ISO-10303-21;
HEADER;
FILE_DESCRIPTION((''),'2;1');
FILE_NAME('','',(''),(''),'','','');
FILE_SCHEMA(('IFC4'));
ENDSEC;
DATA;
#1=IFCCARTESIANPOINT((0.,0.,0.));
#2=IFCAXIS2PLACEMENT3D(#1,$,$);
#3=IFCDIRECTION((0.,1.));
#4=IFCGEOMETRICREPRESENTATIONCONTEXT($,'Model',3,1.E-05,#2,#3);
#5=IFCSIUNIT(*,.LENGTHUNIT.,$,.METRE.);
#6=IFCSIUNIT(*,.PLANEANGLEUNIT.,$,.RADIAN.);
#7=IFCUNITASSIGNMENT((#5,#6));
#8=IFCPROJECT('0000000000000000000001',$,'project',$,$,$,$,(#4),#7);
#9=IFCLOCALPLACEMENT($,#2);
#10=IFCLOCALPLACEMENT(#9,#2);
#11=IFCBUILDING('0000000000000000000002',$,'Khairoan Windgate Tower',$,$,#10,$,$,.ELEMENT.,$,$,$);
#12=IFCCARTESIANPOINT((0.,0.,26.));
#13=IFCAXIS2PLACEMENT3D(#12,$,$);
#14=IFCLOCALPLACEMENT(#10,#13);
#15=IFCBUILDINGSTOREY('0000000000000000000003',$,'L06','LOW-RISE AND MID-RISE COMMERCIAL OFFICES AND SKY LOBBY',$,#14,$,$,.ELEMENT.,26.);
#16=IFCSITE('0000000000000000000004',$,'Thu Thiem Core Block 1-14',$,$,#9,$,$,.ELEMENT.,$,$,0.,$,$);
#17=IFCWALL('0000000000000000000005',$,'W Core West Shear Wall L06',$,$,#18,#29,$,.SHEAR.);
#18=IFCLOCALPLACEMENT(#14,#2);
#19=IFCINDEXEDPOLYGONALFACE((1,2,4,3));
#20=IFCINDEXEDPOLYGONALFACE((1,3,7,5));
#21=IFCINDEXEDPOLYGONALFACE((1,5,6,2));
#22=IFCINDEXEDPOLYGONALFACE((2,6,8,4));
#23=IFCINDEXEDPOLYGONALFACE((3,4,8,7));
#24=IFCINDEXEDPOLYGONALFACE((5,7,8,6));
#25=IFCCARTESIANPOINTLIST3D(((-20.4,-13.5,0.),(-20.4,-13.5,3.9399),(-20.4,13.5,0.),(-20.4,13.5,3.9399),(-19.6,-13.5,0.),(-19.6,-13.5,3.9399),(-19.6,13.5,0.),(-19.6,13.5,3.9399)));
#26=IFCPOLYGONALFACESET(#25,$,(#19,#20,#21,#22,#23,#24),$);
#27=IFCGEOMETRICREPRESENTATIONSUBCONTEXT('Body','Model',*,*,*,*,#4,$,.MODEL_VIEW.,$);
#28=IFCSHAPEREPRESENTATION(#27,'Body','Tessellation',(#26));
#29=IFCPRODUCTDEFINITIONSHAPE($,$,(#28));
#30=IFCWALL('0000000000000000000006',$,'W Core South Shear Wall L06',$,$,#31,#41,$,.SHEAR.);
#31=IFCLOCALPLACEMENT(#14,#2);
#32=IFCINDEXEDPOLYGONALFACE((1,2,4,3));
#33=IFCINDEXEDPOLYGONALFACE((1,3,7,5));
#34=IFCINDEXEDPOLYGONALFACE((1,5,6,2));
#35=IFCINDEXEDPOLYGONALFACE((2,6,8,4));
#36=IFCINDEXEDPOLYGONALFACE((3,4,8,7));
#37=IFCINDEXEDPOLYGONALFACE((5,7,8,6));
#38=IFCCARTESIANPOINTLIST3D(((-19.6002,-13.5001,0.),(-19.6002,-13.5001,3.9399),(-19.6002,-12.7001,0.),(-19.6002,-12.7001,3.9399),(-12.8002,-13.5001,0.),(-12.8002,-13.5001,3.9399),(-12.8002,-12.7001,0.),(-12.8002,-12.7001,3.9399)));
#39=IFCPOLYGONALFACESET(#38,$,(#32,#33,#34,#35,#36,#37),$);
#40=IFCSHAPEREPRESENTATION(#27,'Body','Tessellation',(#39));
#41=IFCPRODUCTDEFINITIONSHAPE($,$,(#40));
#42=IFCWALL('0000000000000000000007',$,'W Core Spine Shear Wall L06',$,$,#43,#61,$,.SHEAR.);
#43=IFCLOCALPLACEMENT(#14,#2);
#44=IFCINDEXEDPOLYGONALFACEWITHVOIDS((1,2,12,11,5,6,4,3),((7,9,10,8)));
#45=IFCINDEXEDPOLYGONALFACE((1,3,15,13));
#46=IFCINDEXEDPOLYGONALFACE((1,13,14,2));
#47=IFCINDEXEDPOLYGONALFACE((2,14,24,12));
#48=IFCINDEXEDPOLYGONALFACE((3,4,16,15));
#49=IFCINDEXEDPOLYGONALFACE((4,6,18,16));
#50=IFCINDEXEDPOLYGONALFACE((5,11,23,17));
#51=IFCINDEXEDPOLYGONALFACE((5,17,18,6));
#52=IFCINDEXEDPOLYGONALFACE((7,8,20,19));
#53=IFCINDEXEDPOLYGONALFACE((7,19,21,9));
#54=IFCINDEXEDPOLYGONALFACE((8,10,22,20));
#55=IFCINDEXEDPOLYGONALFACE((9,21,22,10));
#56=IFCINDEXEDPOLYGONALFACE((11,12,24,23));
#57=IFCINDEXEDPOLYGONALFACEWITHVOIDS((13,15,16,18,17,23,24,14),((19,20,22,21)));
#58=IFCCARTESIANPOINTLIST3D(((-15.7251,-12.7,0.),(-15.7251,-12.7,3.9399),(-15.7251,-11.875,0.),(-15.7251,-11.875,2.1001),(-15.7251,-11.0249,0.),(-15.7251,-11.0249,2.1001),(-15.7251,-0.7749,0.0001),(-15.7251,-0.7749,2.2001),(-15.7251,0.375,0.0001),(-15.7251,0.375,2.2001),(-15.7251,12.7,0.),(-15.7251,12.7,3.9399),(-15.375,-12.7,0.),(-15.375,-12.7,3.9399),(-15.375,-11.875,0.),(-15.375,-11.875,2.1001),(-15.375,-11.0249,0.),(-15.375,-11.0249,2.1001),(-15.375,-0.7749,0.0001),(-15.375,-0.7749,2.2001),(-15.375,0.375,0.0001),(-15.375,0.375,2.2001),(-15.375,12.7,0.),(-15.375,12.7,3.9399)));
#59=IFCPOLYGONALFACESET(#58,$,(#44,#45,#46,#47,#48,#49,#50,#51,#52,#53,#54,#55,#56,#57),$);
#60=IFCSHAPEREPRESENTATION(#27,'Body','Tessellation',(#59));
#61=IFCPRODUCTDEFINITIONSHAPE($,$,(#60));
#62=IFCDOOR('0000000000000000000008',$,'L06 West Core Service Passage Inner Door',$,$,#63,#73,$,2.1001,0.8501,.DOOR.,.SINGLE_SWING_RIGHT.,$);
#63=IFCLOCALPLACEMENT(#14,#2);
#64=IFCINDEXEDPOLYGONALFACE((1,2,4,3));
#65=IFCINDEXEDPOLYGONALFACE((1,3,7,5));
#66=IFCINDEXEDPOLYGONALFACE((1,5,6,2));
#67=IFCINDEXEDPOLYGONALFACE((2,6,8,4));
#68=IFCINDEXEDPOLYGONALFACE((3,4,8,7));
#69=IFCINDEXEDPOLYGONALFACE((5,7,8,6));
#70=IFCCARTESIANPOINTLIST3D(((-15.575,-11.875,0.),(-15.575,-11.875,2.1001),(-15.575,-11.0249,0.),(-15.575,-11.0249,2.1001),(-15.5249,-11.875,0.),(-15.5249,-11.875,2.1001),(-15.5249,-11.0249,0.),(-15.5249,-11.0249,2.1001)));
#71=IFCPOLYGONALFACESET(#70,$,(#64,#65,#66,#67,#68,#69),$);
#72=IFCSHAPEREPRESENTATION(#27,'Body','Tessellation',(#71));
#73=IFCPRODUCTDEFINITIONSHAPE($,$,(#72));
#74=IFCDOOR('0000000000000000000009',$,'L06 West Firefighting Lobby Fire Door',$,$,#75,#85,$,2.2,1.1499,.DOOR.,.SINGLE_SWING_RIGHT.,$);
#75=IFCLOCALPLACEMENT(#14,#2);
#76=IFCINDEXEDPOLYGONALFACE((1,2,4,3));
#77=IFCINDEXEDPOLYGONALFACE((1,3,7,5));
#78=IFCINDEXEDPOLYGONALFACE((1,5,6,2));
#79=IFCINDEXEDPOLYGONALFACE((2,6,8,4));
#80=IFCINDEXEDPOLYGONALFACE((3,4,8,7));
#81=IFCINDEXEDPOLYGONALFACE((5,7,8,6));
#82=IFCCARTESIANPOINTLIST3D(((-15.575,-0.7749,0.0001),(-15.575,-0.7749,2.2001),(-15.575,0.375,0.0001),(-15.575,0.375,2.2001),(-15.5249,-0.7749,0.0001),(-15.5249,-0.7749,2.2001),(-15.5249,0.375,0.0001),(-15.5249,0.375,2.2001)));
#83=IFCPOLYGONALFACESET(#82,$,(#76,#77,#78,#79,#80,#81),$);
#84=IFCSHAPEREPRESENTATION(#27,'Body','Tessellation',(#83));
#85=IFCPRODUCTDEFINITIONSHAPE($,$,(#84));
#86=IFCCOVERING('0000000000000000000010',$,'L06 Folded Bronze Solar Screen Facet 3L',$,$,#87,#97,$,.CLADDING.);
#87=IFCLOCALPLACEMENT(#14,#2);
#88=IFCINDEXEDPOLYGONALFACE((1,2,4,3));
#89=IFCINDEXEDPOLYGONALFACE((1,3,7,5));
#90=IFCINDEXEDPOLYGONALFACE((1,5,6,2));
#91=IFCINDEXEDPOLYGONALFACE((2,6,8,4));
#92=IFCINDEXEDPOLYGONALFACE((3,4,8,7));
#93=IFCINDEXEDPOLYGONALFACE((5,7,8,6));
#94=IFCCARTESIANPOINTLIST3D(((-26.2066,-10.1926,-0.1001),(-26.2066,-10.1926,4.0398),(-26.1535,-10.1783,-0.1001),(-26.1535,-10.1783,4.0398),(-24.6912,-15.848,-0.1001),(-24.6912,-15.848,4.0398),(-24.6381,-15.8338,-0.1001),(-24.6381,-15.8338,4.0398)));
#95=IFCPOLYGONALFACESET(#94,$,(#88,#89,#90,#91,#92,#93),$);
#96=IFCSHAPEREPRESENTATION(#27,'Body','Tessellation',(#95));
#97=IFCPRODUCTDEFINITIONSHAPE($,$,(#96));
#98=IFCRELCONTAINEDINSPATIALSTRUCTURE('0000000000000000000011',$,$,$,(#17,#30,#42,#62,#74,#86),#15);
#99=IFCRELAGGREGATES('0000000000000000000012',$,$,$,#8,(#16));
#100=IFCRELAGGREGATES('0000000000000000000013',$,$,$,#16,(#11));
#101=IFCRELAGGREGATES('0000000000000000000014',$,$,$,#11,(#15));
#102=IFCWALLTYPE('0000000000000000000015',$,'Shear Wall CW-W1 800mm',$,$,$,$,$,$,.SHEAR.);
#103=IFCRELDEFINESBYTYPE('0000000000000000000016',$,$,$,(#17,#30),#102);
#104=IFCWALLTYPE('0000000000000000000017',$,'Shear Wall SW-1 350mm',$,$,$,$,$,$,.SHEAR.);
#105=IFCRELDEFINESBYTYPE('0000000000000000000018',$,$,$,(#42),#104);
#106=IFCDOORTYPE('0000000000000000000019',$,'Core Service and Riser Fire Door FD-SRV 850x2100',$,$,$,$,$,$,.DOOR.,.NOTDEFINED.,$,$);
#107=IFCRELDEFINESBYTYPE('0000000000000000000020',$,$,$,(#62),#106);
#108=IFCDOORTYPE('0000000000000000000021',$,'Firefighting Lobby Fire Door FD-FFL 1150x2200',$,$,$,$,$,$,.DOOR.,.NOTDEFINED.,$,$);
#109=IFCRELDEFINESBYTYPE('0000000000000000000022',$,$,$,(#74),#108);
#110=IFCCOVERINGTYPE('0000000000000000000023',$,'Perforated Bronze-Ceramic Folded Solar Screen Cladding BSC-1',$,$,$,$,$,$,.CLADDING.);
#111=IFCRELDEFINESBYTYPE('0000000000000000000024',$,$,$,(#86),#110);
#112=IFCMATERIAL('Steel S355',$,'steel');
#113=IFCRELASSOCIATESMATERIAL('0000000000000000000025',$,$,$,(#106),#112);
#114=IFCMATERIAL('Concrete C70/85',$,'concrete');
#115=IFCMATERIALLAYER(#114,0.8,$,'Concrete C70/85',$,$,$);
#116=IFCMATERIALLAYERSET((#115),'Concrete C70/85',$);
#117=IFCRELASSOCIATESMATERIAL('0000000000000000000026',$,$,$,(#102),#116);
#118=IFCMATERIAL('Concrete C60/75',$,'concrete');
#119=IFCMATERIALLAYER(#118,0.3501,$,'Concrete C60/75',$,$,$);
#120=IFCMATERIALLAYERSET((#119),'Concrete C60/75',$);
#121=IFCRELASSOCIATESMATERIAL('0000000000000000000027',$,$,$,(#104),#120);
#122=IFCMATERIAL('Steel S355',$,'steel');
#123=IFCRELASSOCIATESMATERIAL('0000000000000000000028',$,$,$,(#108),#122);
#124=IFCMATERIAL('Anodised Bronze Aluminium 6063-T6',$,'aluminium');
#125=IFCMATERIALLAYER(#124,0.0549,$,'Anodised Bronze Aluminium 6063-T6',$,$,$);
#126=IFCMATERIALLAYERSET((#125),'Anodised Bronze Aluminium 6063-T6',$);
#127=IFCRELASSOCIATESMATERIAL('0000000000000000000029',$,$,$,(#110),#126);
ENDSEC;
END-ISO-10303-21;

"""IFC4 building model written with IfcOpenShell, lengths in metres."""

from ifc_helpers import new_model, si_unit, direction, frame, frame_2d, origin, origin_2d, place, context, subcontext, project, spatial, rectangle, extrude, material, layer, layer_set, type_object, element, fill, save


model = new_model("IFC4")

# Units and contexts
model_context = context("Model", 3, precision=1e-05, world=origin(), true_north=direction((0.0, 1.0)))
body_context = subcontext(model_context, "Body", "Model", "MODEL_VIEW")
ifc_project = project(units=[si_unit("LENGTHUNIT", "METRE"), si_unit("PLANEANGLEUNIT", "RADIAN")], contexts=[model_context])

# Site, building, storey
site_placement = place(None, origin())
site = spatial("IfcSite", under=ifc_project, at=site_placement, Name="Thu Thiem Core Block 1-14", CompositionType="ELEMENT", RefElevation=0.0)
building_placement = place(site_placement, origin())
building = spatial("IfcBuilding", under=site, at=building_placement, Name="Khairoan Windgate Tower", CompositionType="ELEMENT")
storey_placement = place(building_placement, frame((0.0, 0.0, 26.0)))
storey = spatial("IfcBuildingStorey", under=building, at=storey_placement, Name="L06", Description="LOW-RISE AND MID-RISE COMMERCIAL OFFICES AND SKY LOBBY", CompositionType="ELEMENT", Elevation=26.0)

# Shared definitions
ifc_material_1 = material(Name="Steel S355", Category="steel")
door_type_1 = type_object("IfcDoorType", Name="Core Service and Riser Fire Door FD-SRV 850x2100", OperationType="NOTDEFINED", PredefinedType="DOOR", material=ifc_material_1)

# Walls
ifc_material_2 = material(Name="Concrete C70/85", Category="concrete")
ifc_layer_1 = layer(ifc_material_2, 0.8, Name="Concrete C70/85")
ifc_layer_set_1 = layer_set([ifc_layer_1], Name="Concrete C70/85")
wall_type_1 = type_object("IfcWallType", Name="Shear Wall CW-W1 800mm", PredefinedType="SHEAR", material=ifc_layer_set_1)
wall_1_placement = place(storey_placement, frame((-20.0, -13.5, 0.0), z_axis=(0.0, 0.0, 1.0), x_axis=(0.0, 1.0, 0.0)))
element("IfcWall", 1, at=wall_1_placement, inside=storey, type_object=wall_type_1, Name="W Core West Shear Wall L06", PredefinedType="SHEAR", context=body_context, shape_type="SweptSolid", body=[
    extrude(rectangle(XDim=27.0, YDim=0.8, at=frame_2d((13.5, 0.0))), origin(), (0.0, 0.0, 1.0), 3.9399),
])
wall_2_placement = place(storey_placement, frame((-19.6001, -13.1001, 0.0), z_axis=(0.0, 0.0, 1.0), x_axis=(1.0, 0.0, 0.0)))
element("IfcWall", 2, at=wall_2_placement, inside=storey, type_object=wall_type_1, Name="W Core South Shear Wall L06", PredefinedType="SHEAR", context=body_context, shape_type="SweptSolid", body=[
    extrude(rectangle(XDim=6.8, YDim=0.8, at=frame_2d((3.3999, 0.0))), origin(), (0.0, 0.0, 1.0), 3.9399),
])

# Wall, openings, doors
ifc_material_3 = material(Name="Concrete C60/75", Category="concrete")
ifc_layer_2 = layer(ifc_material_3, 0.3501, Name="Concrete C60/75")
ifc_layer_set_2 = layer_set([ifc_layer_2], Name="Concrete C60/75")
wall_type_2 = type_object("IfcWallType", Name="Shear Wall SW-1 350mm", PredefinedType="SHEAR", material=ifc_layer_set_2)
wall_3_placement = place(storey_placement, frame((-15.55, -12.7, 0.0), z_axis=(0.0, 0.0, 1.0), x_axis=(0.0, 1.0, 0.0)))
wall_3 = element("IfcWall", 3, at=wall_3_placement, inside=storey, type_object=wall_type_2, Name="W Core Spine Shear Wall L06", PredefinedType="SHEAR", context=body_context, shape_type="SweptSolid", body=[
    extrude(rectangle(XDim=25.3999, YDim=0.3501, at=frame_2d((12.7, 0.0))), origin(), (0.0, 0.0, 1.0), 3.9399),
])
opening_1_placement = place(wall_3_placement, frame((11.925, 0.0, 0.0)))
opening_1 = element("IfcOpeningElement", 4, at=opening_1_placement, cuts=wall_3, PredefinedType="OPENING", context=body_context, shape_type="SweptSolid", body=[
    extrude(rectangle(XDim=1.1499, YDim=2.2, at=frame_2d((0.575, 1.1001))), frame((0.0, 0.1851, 0.0), z_axis=(0.0, -1.0, 0.0), x_axis=(1.0, 0.0, 0.0)), (0.0, 0.0, 1.0), 0.3701),
])
opening_2_placement = place(wall_3_placement, frame((0.825, 0.0, 0.0)))
opening_2 = element("IfcOpeningElement", 5, at=opening_2_placement, cuts=wall_3, PredefinedType="OPENING", context=body_context, shape_type="SweptSolid", body=[
    extrude(rectangle(XDim=0.8501, YDim=2.1001, at=frame_2d((0.425, 1.05))), frame((0.0, 0.1851, 0.0), z_axis=(0.0, -1.0, 0.0), x_axis=(1.0, 0.0, 0.0)), (0.0, 0.0, 1.0), 0.3701),
])
door_1_placement = place(opening_2_placement, origin())
door_1 = element("IfcDoor", 6, at=door_1_placement, inside=storey, type_object=door_type_1, Name="L06 West Core Service Passage Inner Door", OperationType="SINGLE_SWING_RIGHT", OverallHeight=2.1001, OverallWidth=0.8501, PredefinedType="DOOR", context=body_context, shape_type="SweptSolid", body=[
    extrude(rectangle(XDim=0.8501, YDim=2.1001, at=frame_2d((0.425, 1.05))), frame((0.0, 0.0249, 0.0), z_axis=(0.0, -1.0, 0.0), x_axis=(1.0, 0.0, 0.0)), (0.0, 0.0, 1.0), 0.05),
])
fill(opening_2, door_1)
ifc_material_4 = material(Name="Steel S355", Category="steel")
door_type_2 = type_object("IfcDoorType", Name="Firefighting Lobby Fire Door FD-FFL 1150x2200", OperationType="NOTDEFINED", PredefinedType="DOOR", material=ifc_material_4)
door_2_placement = place(opening_1_placement, origin())
door_2 = element("IfcDoor", 7, at=door_2_placement, inside=storey, type_object=door_type_2, Name="L06 West Firefighting Lobby Fire Door", OperationType="SINGLE_SWING_RIGHT", OverallHeight=2.2, OverallWidth=1.1499, PredefinedType="DOOR", context=body_context, shape_type="SweptSolid", body=[
    extrude(rectangle(XDim=1.1499, YDim=2.2, at=frame_2d((0.575, 1.1001))), frame((0.0, 0.0249, 0.0), z_axis=(0.0, -1.0, 0.0), x_axis=(1.0, 0.0, 0.0)), (0.0, 0.0, 1.0), 0.05),
])
fill(opening_1, door_2)

# Covering
ifc_material_5 = material(Name="Anodised Bronze Aluminium 6063-T6", Category="aluminium")
ifc_layer_3 = layer(ifc_material_5, 0.0549, Name="Anodised Bronze Aluminium 6063-T6")
ifc_layer_set_3 = layer_set([ifc_layer_3], Name="Anodised Bronze Aluminium 6063-T6")
covering_type = type_object("IfcCoveringType", Name="Perforated Bronze-Ceramic Folded Solar Screen Cladding BSC-1", PredefinedType="CLADDING", material=ifc_layer_set_3)
covering_placement = place(storey_placement, frame((-25.4224, -13.0132, -0.1001), z_axis=(0.0, 0.0, 1.0), x_axis=(-0.258819, 0.965926, 0.0)))
element("IfcCovering", 8, at=covering_placement, inside=storey, type_object=covering_type, Name="L06 Folded Bronze Solar Screen Facet 3L", PredefinedType="CLADDING", context=body_context, shape_type="SweptSolid", body=[
    extrude(rectangle(XDim=5.855, YDim=0.0549, at=origin_2d()), origin(), (0.0, 0.0, 1.0), 4.1399),
])

save(model, "model.ifc")
